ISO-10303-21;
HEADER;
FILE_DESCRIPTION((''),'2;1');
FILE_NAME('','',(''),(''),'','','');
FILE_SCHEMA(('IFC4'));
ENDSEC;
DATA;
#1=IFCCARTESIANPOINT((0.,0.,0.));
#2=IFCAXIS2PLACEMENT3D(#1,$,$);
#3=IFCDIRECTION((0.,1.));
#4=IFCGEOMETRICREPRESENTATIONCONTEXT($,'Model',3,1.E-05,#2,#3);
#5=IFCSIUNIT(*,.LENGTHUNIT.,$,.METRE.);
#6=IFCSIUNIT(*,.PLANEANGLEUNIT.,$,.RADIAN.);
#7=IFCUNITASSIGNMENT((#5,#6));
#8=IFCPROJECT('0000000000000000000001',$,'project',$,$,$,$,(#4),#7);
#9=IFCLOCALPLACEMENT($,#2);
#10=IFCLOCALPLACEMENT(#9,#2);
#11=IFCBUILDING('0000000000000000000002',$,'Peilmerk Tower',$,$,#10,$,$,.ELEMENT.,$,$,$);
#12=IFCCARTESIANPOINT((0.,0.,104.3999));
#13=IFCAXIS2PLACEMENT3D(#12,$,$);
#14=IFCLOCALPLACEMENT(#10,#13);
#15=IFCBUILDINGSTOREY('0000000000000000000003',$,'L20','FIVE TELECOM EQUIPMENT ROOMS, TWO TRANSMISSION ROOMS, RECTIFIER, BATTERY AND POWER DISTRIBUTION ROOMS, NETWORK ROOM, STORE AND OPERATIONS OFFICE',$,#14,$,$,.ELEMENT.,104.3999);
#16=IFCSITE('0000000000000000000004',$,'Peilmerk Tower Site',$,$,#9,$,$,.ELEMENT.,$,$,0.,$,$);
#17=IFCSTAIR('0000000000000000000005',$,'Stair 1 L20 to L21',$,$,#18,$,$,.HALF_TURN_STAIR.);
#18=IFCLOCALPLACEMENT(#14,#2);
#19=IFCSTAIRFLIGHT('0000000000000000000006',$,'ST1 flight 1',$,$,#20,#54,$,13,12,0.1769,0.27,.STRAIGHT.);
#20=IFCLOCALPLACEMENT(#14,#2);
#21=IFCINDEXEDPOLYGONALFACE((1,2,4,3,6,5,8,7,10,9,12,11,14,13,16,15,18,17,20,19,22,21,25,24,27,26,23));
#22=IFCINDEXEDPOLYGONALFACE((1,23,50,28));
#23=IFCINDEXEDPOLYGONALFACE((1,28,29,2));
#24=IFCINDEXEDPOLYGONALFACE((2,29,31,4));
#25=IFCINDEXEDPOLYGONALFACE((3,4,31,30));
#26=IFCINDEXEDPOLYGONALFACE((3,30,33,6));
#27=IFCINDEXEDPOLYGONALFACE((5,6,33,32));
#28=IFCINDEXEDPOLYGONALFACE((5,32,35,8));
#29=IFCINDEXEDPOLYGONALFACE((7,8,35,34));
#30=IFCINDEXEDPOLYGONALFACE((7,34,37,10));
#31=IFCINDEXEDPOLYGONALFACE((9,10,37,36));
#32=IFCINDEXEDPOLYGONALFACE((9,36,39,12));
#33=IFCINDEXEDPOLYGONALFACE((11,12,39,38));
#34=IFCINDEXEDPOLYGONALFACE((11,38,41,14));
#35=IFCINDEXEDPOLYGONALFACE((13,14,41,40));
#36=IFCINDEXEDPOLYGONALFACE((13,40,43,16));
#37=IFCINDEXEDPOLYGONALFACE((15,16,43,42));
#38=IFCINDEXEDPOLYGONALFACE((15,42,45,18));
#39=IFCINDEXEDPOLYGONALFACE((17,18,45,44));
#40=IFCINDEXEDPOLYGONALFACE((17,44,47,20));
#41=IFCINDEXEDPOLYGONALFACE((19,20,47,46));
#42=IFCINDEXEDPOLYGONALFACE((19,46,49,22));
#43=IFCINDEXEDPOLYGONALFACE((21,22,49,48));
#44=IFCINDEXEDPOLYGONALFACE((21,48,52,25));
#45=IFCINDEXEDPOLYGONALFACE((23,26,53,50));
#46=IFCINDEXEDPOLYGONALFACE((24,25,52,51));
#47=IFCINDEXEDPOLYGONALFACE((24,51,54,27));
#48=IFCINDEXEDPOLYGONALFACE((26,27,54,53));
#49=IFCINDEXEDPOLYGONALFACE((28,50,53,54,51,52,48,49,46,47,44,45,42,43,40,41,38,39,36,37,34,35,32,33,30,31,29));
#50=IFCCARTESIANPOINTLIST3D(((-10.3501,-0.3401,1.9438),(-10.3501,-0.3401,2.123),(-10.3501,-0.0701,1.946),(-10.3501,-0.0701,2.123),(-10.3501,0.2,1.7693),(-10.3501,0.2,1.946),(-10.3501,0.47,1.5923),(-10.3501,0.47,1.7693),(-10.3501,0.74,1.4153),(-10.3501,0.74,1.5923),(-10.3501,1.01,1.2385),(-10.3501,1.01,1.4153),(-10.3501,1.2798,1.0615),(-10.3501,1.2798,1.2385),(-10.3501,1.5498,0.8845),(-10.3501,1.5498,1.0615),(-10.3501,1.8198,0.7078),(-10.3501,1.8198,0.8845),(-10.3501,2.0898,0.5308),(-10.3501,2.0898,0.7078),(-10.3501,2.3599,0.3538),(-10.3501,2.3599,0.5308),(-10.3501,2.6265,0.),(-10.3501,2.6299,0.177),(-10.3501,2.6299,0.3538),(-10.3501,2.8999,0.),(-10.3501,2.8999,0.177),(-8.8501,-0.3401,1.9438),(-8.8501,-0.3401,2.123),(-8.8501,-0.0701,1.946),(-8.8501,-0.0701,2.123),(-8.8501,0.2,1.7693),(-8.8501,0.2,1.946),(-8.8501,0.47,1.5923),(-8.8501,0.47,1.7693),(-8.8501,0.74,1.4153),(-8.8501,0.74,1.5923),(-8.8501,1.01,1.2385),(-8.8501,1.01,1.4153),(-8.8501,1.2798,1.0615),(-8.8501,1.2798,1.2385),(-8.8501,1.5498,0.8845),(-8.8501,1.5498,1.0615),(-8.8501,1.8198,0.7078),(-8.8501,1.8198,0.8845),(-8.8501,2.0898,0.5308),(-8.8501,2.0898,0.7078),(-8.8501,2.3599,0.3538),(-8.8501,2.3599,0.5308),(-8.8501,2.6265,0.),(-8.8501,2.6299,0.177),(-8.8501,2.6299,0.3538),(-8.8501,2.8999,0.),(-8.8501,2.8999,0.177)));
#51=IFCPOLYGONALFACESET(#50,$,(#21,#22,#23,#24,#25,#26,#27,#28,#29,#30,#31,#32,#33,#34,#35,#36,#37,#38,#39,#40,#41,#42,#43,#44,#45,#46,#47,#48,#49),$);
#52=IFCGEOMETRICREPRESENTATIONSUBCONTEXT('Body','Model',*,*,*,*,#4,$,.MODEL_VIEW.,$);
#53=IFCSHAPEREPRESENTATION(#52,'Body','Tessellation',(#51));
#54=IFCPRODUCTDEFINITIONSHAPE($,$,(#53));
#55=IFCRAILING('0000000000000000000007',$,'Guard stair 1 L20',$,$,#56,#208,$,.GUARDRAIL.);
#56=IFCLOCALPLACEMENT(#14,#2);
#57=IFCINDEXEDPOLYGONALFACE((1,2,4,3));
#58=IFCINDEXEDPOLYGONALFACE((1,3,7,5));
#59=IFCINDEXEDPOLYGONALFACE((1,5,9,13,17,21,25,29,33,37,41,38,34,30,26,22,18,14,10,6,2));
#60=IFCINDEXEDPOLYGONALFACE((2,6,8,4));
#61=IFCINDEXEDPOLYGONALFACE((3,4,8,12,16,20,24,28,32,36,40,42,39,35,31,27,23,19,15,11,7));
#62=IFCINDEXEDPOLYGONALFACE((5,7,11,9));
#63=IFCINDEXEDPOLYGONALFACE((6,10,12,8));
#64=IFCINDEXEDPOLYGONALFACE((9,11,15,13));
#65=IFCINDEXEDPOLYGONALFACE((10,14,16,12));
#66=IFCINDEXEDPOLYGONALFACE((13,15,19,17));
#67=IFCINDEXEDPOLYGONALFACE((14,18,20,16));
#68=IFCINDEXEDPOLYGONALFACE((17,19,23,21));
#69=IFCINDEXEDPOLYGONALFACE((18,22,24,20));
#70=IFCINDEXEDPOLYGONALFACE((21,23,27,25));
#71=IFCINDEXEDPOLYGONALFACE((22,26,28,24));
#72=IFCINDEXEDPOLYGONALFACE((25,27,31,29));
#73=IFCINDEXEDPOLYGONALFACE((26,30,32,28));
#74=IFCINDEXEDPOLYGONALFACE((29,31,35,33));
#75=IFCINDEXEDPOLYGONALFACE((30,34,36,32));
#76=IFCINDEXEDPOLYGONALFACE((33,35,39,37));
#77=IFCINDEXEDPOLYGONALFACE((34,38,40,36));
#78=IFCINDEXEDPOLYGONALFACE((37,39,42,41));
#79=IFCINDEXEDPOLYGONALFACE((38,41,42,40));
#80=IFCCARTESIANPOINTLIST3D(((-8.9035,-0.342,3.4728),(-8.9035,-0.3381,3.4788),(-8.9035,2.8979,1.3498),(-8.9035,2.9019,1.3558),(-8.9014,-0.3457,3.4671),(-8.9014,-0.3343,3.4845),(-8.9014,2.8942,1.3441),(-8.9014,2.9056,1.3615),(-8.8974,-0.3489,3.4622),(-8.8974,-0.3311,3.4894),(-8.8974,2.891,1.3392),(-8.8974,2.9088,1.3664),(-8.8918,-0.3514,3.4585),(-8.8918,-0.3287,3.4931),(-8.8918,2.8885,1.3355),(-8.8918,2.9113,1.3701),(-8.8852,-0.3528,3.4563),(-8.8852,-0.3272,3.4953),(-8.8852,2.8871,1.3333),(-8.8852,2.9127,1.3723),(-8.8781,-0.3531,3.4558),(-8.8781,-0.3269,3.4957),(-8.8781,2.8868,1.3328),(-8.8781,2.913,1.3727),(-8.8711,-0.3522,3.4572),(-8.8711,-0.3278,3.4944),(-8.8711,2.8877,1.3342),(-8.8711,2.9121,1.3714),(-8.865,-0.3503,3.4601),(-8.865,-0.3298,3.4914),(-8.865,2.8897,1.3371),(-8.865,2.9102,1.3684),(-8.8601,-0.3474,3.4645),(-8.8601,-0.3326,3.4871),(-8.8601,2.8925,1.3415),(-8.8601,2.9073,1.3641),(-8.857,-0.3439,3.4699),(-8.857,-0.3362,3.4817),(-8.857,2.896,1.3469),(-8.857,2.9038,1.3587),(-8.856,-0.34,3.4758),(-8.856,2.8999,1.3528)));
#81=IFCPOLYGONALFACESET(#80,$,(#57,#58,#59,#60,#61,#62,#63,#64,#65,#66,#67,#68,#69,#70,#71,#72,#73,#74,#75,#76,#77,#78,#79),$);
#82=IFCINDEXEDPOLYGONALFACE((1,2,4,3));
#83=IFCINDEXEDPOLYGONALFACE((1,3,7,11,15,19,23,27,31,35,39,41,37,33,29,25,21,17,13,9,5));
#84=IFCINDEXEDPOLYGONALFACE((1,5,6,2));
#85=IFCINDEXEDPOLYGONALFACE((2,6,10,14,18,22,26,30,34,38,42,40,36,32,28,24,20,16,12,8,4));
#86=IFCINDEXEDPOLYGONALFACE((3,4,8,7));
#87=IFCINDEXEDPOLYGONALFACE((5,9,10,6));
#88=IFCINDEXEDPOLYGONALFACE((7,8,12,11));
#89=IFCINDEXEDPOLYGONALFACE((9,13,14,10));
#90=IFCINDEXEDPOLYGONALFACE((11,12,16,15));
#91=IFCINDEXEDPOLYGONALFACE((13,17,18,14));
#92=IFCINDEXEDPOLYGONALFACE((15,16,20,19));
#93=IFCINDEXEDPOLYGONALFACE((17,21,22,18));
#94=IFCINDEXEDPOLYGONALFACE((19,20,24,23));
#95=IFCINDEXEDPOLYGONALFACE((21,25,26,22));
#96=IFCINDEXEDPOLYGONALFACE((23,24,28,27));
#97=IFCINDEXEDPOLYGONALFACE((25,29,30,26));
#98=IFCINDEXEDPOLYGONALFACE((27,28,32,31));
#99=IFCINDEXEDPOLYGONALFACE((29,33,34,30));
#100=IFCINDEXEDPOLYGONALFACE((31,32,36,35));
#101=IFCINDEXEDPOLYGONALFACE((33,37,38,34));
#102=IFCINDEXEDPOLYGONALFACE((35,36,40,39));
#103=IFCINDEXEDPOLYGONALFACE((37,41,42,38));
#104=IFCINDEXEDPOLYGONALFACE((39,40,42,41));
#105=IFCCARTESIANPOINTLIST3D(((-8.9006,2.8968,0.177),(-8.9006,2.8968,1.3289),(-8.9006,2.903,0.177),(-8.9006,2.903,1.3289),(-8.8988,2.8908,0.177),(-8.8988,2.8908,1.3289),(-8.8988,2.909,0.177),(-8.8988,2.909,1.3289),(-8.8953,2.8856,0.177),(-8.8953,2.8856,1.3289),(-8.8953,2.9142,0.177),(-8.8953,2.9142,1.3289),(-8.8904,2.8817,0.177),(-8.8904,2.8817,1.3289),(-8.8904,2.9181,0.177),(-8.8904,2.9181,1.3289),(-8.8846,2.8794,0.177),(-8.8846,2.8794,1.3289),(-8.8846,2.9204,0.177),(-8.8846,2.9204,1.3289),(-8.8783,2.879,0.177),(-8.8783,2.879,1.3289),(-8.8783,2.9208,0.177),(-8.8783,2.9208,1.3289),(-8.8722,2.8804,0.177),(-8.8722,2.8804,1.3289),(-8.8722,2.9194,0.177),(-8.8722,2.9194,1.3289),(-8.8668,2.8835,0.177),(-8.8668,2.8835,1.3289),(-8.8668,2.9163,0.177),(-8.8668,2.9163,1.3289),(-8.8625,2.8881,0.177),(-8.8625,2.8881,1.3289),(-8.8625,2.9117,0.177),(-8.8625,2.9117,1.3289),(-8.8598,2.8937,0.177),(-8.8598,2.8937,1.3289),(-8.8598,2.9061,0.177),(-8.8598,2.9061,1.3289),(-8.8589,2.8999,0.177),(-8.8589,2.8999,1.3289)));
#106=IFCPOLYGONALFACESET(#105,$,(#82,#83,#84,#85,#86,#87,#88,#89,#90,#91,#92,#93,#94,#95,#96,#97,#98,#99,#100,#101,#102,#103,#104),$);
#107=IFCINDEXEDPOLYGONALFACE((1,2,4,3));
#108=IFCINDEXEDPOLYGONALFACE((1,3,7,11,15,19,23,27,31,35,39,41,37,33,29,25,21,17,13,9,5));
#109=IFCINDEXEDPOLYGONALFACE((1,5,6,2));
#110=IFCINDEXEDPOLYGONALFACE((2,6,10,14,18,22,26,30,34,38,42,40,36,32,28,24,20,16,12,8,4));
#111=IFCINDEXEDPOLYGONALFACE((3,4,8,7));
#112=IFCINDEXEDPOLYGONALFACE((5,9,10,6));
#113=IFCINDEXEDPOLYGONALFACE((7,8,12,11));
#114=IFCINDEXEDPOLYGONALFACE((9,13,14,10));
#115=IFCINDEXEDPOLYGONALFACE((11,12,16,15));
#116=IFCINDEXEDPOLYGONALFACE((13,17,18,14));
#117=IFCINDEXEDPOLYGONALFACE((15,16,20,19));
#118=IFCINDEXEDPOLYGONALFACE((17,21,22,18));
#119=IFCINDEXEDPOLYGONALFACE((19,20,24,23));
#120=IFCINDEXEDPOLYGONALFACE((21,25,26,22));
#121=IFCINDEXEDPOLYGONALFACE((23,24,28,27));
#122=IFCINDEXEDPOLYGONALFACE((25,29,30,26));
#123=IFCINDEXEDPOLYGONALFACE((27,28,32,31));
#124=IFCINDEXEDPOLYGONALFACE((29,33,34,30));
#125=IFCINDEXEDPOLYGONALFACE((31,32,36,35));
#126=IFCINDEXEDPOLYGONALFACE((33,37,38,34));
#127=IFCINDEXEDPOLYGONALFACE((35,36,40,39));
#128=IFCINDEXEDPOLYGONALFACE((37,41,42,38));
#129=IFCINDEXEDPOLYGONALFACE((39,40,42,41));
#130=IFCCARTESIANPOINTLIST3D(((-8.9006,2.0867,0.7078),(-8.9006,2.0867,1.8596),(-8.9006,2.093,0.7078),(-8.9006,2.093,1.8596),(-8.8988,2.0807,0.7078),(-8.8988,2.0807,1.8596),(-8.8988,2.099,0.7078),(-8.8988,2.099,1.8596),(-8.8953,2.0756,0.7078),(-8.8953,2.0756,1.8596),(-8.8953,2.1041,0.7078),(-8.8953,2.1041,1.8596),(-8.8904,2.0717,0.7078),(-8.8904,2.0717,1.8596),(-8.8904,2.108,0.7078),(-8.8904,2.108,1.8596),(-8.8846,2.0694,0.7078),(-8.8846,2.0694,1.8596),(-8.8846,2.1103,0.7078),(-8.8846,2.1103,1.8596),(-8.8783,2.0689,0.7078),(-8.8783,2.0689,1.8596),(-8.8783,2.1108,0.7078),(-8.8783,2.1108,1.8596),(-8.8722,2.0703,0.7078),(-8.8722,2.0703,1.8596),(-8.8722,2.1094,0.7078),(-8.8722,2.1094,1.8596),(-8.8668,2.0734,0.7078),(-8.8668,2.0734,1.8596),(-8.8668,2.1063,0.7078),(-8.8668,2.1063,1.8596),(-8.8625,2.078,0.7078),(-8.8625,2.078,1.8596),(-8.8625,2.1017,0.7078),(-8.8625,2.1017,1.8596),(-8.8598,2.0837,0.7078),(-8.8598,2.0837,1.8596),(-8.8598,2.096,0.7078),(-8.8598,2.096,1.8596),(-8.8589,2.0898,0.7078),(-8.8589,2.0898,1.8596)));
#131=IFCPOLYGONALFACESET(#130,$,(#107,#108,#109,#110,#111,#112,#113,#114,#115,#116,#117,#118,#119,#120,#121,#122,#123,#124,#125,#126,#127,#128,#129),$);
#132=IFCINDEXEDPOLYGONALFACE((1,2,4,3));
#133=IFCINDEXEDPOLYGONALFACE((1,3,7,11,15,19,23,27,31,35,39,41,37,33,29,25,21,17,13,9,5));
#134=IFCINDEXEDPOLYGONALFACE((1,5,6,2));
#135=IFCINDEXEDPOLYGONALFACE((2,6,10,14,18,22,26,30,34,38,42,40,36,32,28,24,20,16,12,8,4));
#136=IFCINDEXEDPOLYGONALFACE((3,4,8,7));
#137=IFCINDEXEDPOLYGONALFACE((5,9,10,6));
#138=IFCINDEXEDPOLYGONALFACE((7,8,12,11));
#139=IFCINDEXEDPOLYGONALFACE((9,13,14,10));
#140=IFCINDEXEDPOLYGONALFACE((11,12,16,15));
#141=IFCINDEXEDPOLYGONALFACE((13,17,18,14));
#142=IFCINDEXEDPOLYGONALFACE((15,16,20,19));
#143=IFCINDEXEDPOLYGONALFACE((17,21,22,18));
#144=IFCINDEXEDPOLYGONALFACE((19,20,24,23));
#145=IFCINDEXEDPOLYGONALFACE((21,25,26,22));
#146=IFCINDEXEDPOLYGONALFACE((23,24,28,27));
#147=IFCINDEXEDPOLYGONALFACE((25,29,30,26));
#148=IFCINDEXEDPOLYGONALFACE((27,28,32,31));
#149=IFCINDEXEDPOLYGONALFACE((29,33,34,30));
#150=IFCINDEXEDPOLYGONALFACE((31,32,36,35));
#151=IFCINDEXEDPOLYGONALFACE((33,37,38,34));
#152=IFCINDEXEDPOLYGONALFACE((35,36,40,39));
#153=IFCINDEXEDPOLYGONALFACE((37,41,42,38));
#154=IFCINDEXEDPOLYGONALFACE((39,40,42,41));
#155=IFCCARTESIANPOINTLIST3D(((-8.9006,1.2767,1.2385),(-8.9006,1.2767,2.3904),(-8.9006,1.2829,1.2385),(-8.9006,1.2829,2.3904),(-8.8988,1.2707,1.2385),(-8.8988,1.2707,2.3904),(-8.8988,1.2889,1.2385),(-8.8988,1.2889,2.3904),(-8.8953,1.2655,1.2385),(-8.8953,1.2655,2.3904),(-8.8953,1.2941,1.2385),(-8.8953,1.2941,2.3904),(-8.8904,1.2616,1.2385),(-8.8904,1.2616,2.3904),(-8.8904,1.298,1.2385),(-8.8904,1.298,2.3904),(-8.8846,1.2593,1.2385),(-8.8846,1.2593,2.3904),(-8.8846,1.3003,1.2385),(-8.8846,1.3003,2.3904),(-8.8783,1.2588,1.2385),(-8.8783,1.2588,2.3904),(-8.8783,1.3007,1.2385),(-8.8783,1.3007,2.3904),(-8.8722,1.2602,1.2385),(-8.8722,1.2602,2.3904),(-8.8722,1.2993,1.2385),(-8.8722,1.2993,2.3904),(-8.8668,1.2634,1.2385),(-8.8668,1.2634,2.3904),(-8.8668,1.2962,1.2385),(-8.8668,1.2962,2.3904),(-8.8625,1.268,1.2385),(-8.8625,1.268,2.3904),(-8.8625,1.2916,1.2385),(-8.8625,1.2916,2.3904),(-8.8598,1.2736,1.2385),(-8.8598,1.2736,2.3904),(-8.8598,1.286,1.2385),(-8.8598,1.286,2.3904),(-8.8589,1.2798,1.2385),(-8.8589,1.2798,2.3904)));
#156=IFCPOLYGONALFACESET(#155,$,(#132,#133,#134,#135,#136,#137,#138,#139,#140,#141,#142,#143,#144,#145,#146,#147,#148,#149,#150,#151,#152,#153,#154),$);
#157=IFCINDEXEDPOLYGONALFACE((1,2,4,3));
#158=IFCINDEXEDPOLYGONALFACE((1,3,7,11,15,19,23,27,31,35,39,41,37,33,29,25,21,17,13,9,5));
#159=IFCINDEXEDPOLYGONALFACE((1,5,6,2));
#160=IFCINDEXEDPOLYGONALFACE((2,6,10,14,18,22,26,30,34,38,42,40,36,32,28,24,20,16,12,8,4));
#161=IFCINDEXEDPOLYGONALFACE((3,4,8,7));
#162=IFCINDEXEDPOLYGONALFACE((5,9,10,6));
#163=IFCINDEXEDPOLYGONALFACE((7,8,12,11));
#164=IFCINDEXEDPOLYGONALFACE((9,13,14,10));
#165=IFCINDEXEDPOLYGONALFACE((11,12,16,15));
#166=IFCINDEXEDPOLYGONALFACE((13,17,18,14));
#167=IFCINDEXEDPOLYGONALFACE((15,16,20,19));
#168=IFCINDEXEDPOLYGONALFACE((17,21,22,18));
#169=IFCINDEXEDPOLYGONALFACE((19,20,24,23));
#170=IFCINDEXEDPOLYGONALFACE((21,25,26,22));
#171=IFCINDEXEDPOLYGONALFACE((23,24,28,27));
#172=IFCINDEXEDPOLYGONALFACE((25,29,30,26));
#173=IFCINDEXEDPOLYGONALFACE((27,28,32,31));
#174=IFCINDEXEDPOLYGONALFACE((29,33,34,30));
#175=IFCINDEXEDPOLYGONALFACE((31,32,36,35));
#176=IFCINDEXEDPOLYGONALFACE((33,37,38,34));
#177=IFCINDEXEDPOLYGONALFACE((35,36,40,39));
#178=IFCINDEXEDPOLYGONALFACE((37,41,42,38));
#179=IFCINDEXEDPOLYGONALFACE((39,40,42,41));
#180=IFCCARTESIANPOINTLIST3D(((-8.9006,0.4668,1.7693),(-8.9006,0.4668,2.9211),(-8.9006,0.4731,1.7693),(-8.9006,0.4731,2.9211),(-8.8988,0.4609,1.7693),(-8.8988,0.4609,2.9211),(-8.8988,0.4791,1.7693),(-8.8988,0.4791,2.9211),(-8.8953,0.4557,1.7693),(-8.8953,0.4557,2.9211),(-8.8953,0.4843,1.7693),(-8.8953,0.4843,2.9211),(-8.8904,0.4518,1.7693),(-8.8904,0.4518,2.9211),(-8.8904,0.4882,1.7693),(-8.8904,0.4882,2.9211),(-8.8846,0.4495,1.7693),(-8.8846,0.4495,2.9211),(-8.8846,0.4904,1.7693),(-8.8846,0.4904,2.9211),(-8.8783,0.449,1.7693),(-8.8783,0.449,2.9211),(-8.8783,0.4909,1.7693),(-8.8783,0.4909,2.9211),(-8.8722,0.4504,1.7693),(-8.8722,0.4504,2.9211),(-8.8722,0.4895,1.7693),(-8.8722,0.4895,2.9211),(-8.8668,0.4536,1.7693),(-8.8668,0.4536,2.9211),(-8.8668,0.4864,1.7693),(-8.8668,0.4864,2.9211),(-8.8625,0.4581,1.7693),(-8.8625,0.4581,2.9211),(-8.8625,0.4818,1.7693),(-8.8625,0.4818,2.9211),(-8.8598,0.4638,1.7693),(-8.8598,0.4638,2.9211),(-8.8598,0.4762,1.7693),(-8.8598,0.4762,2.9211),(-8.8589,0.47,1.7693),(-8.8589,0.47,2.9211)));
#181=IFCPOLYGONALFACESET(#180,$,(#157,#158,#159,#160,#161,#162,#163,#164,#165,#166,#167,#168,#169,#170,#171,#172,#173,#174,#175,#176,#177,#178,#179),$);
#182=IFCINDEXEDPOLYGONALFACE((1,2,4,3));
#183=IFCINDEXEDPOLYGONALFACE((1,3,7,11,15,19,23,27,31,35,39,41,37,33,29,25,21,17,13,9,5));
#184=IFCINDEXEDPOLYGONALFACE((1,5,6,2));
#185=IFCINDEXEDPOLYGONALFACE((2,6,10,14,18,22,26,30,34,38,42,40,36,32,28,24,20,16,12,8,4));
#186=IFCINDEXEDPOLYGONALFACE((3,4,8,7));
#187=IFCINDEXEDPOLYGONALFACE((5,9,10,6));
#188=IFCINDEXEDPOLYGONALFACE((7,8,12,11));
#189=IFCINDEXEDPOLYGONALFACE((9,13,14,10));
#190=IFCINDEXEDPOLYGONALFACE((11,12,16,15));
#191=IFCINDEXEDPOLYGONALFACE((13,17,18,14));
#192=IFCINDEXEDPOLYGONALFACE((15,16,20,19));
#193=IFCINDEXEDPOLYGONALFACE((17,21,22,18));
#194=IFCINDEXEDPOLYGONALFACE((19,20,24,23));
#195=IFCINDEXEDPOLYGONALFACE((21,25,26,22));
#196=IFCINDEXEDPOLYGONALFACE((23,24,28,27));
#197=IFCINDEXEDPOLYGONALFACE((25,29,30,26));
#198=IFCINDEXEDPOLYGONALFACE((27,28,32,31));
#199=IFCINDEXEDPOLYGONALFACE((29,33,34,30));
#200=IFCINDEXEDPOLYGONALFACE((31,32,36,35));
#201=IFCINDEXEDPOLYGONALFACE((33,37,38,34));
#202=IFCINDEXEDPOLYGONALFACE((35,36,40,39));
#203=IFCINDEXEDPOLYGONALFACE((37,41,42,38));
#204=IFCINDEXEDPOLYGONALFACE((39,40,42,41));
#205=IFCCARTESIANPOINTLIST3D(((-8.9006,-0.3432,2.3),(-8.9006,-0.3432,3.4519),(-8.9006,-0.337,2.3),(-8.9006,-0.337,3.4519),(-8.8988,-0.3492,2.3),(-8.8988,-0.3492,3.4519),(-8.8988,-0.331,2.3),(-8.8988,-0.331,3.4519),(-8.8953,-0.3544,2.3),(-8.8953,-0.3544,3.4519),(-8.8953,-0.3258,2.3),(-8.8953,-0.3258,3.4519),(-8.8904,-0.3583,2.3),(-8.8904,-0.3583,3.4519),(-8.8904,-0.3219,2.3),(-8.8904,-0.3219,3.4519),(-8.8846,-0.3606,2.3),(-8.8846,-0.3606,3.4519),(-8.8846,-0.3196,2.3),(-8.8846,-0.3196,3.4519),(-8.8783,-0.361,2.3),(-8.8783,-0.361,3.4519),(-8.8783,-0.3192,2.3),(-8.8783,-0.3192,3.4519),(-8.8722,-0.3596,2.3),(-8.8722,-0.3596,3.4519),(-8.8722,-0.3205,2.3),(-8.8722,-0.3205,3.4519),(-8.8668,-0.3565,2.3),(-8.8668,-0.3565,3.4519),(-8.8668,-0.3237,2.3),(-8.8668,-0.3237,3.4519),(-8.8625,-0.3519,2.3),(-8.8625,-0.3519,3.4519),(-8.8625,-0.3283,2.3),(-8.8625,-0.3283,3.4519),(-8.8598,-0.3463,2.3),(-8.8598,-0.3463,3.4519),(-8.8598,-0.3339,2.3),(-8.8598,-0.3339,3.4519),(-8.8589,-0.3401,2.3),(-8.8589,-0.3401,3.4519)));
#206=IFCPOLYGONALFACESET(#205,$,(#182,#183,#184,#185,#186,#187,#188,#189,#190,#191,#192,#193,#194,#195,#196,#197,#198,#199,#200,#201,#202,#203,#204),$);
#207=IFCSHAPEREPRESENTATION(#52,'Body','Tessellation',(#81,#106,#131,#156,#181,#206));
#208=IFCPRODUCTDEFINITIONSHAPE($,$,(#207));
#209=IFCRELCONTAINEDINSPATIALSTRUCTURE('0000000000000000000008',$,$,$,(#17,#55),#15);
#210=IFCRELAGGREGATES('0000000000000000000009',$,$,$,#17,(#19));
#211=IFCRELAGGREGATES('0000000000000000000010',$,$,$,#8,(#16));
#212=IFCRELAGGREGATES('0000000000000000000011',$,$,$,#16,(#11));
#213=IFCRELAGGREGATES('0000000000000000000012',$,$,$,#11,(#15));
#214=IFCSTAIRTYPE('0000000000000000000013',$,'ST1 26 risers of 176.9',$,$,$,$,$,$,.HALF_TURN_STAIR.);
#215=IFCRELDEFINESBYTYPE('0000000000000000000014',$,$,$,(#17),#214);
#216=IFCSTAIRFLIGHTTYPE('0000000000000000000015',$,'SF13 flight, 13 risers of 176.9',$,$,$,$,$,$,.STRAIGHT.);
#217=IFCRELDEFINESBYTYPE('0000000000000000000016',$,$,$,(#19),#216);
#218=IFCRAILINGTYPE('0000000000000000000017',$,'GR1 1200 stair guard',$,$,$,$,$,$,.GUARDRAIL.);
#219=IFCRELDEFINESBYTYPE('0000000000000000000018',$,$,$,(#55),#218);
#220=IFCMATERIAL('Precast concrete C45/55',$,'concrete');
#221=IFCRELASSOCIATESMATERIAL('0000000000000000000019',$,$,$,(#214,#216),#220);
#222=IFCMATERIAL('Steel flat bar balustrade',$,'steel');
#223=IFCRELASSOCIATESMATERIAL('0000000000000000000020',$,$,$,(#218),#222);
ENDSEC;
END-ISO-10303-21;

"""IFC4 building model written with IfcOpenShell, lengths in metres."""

from ifc_helpers import new_model, si_unit, direction, frame, origin, origin_2d, place, context, subcontext, project, spatial, polyline, circle, outline, extrude, material, type_object, element, aggregate, save


model = new_model("IFC4")

# Units and contexts
model_context = context("Model", 3, precision=1e-05, world=origin(), true_north=direction((0.0, 1.0)))
body_context = subcontext(model_context, "Body", "Model", "MODEL_VIEW")
ifc_project = project(units=[si_unit("LENGTHUNIT", "METRE"), si_unit("PLANEANGLEUNIT", "RADIAN")], contexts=[model_context])

# Site, building, storey
site_placement = place(None, origin())
site = spatial("IfcSite", under=ifc_project, at=site_placement, Name="Peilmerk Tower Site", CompositionType="ELEMENT", RefElevation=0.0)
building_placement = place(site_placement, origin())
building = spatial("IfcBuilding", under=site, at=building_placement, Name="Peilmerk Tower", CompositionType="ELEMENT")
storey_placement = place(building_placement, frame((0.0, 0.0, 104.3999)))
storey = spatial("IfcBuildingStorey", under=building, at=storey_placement, Name="L20", Description="FIVE TELECOM EQUIPMENT ROOMS, TWO TRANSMISSION ROOMS, RECTIFIER, BATTERY AND POWER DISTRIBUTION ROOMS, NETWORK ROOM, STORE AND OPERATIONS OFFICE", CompositionType="ELEMENT", Elevation=104.3999)

# Stair, stair flight
ifc_material_1 = material(Name="Precast concrete C45/55", Category="concrete")
stair_type = type_object("IfcStairType", Name="ST1 26 risers of 176.9", PredefinedType="HALF_TURN_STAIR", material=ifc_material_1)
stair_placement = place(storey_placement, origin())
stair = element("IfcStair", 1, at=stair_placement, inside=storey, type_object=stair_type, Name="Stair 1 L20 to L21", PredefinedType="HALF_TURN_STAIR")
stair_flight_type = type_object("IfcStairFlightType", Name="SF13 flight, 13 risers of 176.9", PredefinedType="STRAIGHT", material=ifc_material_1)
stair_flight_placement = place(storey_placement, frame((-9.6001, 2.8999, 0.0), z_axis=(0.0, 0.0, 1.0), x_axis=(0.0, -1.0, 0.0)))
stair_flight = element("IfcStairFlight", 2, at=stair_flight_placement, type_object=stair_flight_type, Name="ST1 flight 1", NumberOfRisers=13, NumberOfTreads=12, PredefinedType="STRAIGHT", RiserHeight=0.1769, TreadLength=0.27, context=body_context, shape_type="SweptSolid", body=[
    extrude(outline(polyline([(0.0, 0.0), (0.0, 0.177), (0.27, 0.177), (0.27, 0.3538), (0.54, 0.3538), (0.54, 0.5308), (0.8101, 0.5308), (0.8101, 0.7078), (1.0801, 0.7078), (1.0801, 0.8845), (1.3501, 0.8845), (1.3501, 1.0615), (1.6201, 1.0615), (1.6201, 1.2385), (1.8899, 1.2385), (1.8899, 1.4153), (2.1599, 1.4153), (2.1599, 1.5923), (2.4299, 1.5923), (2.4299, 1.7693), (2.7, 1.7693), (2.7, 1.946), (2.97, 1.946), (2.97, 2.123), (3.24, 2.123), (3.24, 2.3), (3.24, 1.9438), (0.2734, 0.0), (0.0, 0.0)])), frame((0.0, 0.75, 0.0), z_axis=(0.0, -1.0, 0.0), x_axis=(1.0, 0.0, 0.0)), (0.0, 0.0, 1.0), 1.5),
])
aggregate(stair, [stair_flight])

# Railing
ifc_material_2 = material(Name="Steel flat bar balustrade", Category="steel")
railing_type_1 = type_object("IfcRailingType", Name="GR1 1200 stair guard", PredefinedType="GUARDRAIL", material=ifc_material_2)
railing_1_placement = place(storey_placement, frame((-8.8799, 2.8999, 0.177)))
element("IfcRailing", 3, at=railing_1_placement, inside=storey, type_object=railing_type_1, Name="Guard stair 1 L20", PredefinedType="GUARDRAIL", context=body_context, shape_type="SweptSolid", body=[
    extrude(circle(Radius=0.0239, at=origin_2d()), frame((0.0, 0.0, 1.1758), z_axis=(0.0, -0.836426, 0.548079), x_axis=(1.0, 0.0, 0.0)), (0.0, 0.0, 1.0), 3.8735),
    extrude(circle(Radius=0.021, at=origin_2d()), origin(), (0.0, 0.0, 1.0), 1.1519),
    extrude(circle(Radius=0.021, at=origin_2d()), frame((0.0, -0.8101, 0.5308)), (0.0, 0.0, 1.0), 1.1519),
    extrude(circle(Radius=0.021, at=origin_2d()), frame((0.0, -1.6201, 1.0615)), (0.0, 0.0, 1.0), 1.1519),
    extrude(circle(Radius=0.021, at=origin_2d()), frame((0.0, -2.4299, 1.5923)), (0.0, 0.0, 1.0), 1.1519),
    extrude(circle(Radius=0.021, at=origin_2d()), frame((0.0, -3.24, 2.123)), (0.0, 0.0, 1.0), 1.1519),
])

save(model, "model.ifc")
